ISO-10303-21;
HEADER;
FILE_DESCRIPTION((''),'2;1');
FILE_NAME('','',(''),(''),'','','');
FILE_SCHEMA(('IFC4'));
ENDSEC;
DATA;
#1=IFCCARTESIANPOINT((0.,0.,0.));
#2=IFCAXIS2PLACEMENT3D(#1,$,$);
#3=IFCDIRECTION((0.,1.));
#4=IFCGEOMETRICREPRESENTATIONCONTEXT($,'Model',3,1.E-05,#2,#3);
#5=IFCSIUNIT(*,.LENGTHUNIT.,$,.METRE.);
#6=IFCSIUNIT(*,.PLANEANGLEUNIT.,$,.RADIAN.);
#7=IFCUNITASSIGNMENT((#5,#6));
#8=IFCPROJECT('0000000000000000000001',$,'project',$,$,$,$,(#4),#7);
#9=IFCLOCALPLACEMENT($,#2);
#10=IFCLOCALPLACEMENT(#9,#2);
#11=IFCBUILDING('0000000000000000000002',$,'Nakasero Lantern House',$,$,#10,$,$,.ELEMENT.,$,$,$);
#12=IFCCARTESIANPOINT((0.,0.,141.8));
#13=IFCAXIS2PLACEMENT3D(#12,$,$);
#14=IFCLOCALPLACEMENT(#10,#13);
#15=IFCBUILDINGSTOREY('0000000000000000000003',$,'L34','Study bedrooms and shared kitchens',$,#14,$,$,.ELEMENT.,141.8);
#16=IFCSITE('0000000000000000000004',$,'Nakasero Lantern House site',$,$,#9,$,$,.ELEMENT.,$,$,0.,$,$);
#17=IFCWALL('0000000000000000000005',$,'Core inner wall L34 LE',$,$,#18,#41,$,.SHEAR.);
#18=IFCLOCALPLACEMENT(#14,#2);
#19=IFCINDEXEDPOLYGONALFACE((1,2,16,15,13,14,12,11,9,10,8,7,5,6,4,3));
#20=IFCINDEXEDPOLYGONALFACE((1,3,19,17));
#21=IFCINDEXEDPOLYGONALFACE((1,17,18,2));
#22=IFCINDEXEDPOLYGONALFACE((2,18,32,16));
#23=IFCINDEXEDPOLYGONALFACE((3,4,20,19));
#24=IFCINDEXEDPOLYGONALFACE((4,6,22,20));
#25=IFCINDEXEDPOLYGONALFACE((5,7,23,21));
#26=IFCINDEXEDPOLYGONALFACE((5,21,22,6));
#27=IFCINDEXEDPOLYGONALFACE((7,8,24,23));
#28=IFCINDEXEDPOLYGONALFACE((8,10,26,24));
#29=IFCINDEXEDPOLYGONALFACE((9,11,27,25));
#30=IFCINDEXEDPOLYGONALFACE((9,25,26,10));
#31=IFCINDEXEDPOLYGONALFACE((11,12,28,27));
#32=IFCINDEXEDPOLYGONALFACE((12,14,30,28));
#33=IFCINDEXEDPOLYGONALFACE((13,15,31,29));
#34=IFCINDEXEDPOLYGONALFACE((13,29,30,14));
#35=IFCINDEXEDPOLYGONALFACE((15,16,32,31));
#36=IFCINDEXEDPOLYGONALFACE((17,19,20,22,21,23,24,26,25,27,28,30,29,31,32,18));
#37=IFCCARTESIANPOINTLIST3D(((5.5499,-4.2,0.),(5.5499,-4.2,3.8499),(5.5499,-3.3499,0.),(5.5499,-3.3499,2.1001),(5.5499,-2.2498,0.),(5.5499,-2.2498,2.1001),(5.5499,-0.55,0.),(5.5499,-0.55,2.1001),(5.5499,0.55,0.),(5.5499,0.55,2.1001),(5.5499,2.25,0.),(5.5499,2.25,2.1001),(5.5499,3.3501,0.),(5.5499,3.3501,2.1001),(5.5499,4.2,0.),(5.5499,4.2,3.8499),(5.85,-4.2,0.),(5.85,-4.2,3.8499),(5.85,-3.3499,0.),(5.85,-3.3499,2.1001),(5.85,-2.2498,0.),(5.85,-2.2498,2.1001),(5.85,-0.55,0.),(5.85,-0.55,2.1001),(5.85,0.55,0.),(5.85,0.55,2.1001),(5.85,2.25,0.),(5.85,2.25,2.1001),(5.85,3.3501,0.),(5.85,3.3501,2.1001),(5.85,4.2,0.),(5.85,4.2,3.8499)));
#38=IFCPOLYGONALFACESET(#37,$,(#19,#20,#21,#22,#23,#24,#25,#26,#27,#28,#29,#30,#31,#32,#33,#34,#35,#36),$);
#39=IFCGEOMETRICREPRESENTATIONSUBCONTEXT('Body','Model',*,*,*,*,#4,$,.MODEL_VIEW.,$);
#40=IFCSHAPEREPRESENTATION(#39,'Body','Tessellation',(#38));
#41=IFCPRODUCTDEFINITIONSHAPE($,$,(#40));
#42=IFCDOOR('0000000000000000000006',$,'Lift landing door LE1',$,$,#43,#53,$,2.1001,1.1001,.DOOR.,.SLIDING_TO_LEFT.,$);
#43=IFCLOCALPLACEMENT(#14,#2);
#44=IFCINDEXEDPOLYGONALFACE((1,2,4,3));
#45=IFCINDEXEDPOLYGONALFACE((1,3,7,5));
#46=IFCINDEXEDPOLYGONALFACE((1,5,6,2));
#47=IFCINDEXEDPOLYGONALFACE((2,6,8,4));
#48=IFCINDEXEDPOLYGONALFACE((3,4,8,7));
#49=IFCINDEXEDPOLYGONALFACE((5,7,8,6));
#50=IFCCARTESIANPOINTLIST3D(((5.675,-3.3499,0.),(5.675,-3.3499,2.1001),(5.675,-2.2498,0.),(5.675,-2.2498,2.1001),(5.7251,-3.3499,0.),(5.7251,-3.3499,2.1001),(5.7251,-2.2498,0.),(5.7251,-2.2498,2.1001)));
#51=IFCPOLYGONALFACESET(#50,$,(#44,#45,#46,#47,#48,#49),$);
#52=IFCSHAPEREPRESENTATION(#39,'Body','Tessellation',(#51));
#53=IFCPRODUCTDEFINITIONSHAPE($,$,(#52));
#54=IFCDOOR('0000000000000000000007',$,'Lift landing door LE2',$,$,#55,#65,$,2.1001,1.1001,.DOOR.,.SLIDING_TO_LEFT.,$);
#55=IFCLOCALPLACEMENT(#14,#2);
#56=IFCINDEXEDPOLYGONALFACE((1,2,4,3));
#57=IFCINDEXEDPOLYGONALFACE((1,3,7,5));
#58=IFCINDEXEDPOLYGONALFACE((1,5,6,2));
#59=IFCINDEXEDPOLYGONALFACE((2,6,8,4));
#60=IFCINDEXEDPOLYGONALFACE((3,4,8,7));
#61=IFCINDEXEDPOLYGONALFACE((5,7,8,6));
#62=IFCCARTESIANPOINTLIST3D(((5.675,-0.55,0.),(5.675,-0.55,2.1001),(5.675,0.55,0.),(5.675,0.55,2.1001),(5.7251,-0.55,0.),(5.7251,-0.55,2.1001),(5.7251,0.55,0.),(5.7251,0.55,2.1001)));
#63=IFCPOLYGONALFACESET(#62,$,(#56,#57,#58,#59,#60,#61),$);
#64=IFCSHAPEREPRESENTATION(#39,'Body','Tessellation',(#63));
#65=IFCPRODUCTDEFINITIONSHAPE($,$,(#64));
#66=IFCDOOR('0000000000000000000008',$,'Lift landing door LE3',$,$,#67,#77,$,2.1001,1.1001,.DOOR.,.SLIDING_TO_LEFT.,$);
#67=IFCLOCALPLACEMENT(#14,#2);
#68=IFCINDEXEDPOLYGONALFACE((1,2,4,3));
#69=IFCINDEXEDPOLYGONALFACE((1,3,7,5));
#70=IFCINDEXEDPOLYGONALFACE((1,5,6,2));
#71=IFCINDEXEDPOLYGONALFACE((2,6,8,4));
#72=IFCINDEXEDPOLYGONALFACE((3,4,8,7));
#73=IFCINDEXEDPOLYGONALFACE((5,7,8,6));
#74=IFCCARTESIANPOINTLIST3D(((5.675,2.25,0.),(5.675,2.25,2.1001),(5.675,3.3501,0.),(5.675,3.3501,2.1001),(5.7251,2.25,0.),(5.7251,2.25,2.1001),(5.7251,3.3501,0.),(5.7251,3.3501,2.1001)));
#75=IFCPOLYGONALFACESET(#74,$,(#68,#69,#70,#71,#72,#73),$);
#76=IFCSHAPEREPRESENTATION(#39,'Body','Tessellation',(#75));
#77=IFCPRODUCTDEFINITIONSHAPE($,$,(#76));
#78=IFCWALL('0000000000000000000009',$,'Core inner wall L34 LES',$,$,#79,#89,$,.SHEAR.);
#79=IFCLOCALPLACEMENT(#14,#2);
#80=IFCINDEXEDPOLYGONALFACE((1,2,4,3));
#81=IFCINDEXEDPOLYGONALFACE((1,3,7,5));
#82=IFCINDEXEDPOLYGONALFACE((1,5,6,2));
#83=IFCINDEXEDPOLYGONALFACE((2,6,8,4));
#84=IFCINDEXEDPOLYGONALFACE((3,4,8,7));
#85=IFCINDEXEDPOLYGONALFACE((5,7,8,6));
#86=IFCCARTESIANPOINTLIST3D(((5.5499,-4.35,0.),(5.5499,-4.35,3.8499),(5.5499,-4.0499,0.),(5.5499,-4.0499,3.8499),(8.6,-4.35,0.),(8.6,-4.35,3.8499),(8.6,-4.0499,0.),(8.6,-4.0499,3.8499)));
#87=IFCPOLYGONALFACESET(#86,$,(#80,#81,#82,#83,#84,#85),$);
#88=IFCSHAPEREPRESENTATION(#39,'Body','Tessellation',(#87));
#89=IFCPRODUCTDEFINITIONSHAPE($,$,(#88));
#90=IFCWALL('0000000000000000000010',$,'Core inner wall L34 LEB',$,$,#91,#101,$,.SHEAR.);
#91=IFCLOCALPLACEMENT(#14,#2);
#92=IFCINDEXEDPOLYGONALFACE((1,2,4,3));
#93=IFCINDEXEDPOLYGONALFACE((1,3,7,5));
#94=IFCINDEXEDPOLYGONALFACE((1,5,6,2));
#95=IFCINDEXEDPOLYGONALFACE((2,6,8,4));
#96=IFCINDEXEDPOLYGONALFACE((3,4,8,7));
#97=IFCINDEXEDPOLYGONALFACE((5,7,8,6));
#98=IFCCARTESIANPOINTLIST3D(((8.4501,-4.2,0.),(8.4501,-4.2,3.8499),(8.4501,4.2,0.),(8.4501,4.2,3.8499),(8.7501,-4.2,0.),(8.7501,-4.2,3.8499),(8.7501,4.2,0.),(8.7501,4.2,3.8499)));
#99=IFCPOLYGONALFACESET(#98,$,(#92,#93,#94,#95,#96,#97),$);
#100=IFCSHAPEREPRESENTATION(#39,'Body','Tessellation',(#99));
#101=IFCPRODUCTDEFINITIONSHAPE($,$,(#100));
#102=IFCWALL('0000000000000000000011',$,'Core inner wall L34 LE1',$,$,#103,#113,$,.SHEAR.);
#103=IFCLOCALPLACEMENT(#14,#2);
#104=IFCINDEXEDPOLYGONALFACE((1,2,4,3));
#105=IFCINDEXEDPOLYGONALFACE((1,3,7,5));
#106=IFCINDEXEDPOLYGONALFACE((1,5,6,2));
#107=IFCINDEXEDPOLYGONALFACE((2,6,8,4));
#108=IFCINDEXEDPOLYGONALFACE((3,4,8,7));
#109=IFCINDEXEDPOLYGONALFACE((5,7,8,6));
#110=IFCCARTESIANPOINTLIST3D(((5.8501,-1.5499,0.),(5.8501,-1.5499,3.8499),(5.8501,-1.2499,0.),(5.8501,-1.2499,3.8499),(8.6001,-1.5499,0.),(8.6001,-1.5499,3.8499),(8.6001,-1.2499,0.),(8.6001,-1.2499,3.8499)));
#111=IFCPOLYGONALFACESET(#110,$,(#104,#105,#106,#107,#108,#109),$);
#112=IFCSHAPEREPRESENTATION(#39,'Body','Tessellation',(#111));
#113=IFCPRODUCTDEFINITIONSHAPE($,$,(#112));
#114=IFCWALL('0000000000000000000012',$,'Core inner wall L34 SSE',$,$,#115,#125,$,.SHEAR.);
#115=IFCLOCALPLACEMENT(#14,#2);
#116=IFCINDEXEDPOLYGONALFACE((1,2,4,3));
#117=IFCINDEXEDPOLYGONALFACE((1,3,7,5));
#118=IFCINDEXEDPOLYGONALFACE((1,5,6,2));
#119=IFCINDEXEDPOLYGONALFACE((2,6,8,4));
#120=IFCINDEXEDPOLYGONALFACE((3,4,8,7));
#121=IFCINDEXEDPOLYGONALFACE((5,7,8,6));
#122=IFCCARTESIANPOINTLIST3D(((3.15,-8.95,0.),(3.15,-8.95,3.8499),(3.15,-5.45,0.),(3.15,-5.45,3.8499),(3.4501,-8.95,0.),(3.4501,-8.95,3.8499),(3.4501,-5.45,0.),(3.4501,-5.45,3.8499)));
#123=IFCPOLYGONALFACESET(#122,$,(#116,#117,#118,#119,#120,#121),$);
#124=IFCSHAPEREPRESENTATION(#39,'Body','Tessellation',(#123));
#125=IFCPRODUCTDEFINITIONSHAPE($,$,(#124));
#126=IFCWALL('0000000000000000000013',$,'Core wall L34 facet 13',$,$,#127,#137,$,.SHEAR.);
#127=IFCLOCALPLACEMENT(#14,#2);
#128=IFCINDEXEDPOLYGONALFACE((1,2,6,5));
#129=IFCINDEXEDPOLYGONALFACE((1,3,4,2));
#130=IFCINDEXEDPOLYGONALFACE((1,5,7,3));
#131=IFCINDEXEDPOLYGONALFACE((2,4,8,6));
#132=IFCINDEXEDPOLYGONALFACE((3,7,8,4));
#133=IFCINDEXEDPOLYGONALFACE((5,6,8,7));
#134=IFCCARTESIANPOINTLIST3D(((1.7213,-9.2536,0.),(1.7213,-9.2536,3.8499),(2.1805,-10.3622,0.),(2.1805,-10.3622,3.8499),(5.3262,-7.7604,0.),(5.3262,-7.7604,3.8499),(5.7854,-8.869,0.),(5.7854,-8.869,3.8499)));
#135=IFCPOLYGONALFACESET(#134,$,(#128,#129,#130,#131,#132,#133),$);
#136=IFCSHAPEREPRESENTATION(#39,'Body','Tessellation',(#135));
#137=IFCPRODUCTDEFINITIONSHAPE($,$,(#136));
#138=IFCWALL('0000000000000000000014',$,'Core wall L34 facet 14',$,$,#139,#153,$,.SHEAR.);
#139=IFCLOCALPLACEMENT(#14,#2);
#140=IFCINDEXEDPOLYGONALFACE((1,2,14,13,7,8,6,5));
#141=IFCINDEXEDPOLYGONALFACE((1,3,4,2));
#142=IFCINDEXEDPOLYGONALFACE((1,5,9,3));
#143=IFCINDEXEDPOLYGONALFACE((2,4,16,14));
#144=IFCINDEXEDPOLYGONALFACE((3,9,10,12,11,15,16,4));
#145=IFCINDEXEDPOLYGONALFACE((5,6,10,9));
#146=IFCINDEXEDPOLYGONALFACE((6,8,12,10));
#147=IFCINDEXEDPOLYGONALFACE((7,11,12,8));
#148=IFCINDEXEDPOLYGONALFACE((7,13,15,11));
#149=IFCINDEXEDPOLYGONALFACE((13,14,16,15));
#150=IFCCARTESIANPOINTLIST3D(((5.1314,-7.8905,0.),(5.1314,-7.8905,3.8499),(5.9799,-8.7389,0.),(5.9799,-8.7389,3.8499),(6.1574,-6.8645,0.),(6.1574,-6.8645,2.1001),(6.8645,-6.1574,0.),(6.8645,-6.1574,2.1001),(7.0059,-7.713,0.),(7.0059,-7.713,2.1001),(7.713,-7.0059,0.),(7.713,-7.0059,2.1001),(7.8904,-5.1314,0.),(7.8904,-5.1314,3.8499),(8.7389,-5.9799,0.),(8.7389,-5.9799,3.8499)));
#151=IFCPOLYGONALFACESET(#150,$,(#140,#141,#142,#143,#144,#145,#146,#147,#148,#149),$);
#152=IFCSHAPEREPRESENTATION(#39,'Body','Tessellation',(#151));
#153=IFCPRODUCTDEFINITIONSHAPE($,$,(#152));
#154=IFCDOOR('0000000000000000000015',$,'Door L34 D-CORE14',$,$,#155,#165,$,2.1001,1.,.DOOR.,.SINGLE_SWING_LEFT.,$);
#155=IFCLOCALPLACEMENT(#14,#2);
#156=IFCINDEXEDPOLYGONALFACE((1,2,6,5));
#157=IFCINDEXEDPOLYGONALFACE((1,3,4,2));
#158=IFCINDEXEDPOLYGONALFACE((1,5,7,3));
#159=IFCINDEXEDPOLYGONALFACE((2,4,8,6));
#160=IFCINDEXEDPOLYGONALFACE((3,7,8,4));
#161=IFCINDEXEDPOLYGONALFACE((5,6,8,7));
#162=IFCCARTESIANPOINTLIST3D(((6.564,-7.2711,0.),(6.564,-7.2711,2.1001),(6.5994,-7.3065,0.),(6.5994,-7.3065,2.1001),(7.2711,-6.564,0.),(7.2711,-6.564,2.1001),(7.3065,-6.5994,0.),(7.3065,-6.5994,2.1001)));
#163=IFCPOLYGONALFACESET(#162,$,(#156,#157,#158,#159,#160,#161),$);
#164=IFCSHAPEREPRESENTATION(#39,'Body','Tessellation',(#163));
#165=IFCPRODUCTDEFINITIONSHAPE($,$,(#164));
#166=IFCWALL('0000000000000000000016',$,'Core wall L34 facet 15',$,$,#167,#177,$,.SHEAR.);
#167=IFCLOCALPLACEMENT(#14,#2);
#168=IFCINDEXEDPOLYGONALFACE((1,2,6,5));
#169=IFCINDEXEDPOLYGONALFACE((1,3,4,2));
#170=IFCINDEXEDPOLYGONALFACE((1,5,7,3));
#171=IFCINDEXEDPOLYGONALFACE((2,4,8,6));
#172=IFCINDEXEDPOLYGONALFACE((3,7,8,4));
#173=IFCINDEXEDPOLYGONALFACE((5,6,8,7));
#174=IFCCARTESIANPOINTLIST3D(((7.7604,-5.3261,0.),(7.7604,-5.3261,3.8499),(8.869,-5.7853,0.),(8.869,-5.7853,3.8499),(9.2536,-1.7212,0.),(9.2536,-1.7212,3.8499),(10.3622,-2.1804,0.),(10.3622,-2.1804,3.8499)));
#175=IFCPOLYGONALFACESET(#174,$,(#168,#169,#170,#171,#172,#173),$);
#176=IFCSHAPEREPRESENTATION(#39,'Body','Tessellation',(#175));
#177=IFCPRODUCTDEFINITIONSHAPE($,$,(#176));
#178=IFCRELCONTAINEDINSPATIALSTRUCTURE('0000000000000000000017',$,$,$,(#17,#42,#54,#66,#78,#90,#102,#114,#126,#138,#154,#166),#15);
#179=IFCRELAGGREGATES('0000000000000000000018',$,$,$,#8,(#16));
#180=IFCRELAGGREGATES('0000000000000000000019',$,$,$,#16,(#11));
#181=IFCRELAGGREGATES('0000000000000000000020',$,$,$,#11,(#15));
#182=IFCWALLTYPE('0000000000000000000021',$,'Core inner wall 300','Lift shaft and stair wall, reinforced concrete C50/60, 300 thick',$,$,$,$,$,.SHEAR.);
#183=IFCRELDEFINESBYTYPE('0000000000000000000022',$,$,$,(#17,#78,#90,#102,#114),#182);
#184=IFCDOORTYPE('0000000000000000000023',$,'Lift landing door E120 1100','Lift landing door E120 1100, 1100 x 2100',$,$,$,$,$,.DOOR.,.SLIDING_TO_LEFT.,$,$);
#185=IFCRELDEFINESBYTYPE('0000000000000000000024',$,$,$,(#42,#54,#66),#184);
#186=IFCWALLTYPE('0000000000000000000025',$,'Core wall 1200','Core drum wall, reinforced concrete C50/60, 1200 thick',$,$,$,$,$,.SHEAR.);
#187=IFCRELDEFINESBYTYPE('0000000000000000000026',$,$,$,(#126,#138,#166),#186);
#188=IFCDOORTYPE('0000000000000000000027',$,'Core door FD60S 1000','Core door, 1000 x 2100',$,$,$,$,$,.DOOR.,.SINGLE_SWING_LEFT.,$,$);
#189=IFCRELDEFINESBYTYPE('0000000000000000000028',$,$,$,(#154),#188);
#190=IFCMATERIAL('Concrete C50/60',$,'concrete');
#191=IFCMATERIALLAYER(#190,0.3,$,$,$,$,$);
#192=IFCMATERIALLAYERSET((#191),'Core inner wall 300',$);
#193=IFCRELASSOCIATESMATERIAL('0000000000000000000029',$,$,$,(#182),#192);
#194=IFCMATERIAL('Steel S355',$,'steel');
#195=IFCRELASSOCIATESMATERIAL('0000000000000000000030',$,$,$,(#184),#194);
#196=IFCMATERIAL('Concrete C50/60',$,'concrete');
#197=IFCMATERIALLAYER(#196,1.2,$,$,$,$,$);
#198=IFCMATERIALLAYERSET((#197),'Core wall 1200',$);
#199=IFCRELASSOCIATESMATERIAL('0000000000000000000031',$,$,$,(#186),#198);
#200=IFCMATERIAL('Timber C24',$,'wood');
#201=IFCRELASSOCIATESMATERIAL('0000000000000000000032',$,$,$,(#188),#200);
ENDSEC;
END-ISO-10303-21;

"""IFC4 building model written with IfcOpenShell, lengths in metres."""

from ifc_helpers import new_model, si_unit, direction, frame, frame_2d, origin, place, context, subcontext, project, spatial, rectangle, extrude, material, layer, layer_set, type_object, element, fill, save


model = new_model("IFC4")

# Units and contexts
model_context = context("Model", 3, precision=1e-05, world=origin(), true_north=direction((0.0, 1.0)))
body_context = subcontext(model_context, "Body", "Model", "MODEL_VIEW")
ifc_project = project(units=[si_unit("LENGTHUNIT", "METRE"), si_unit("PLANEANGLEUNIT", "RADIAN")], contexts=[model_context])

# Site, building, storey
site_placement = place(None, origin())
site = spatial("IfcSite", under=ifc_project, at=site_placement, Name="Nakasero Lantern House site", CompositionType="ELEMENT", RefElevation=0.0)
building_placement = place(site_placement, origin())
building = spatial("IfcBuilding", under=site, at=building_placement, Name="Nakasero Lantern House", CompositionType="ELEMENT")
storey_placement = place(building_placement, frame((0.0, 0.0, 141.8)))
storey = spatial("IfcBuildingStorey", under=building, at=storey_placement, Name="L34", Description="Study bedrooms and shared kitchens", CompositionType="ELEMENT", Elevation=141.8)

# Wall, openings, doors
ifc_material_1 = material(Name="Concrete C50/60", Category="concrete")
ifc_layer_1 = layer(ifc_material_1, 0.3)
ifc_layer_set_1 = layer_set([ifc_layer_1], Name="Core inner wall 300")
wall_type_1 = type_object("IfcWallType", Name="Core inner wall 300", Description="Lift shaft and stair wall, reinforced concrete C50/60, 300 thick", PredefinedType="SHEAR", material=ifc_layer_set_1)
wall_1_placement = place(storey_placement, frame((5.7, -4.2, 0.0), z_axis=(0.0, 0.0, 1.0), x_axis=(0.0, 1.0, 0.0)))
wall_1 = element("IfcWall", 1, at=wall_1_placement, inside=storey, type_object=wall_type_1, Name="Core inner wall L34 LE", PredefinedType="SHEAR", context=body_context, shape_type="SweptSolid", body=[
    extrude(rectangle(XDim=8.3999, YDim=0.3, at=frame_2d((4.2, 0.0))), origin(), (0.0, 0.0, 1.0), 3.8499),
])
opening_1_placement = place(wall_1_placement, frame((0.8501, 0.0, 0.0)))
opening_1 = element("IfcOpeningElement", 2, at=opening_1_placement, cuts=wall_1, PredefinedType="OPENING", context=body_context, shape_type="SweptSolid", body=[
    extrude(rectangle(XDim=1.1001, YDim=2.1001, at=frame_2d((0.55, 1.05))), frame((0.0, 0.1699, 0.0), z_axis=(0.0, -1.0, 0.0), x_axis=(1.0, 0.0, 0.0)), (0.0, 0.0, 1.0), 0.3401),
])
opening_2_placement = place(wall_1_placement, frame((3.6499, 0.0, 0.0)))
opening_2 = element("IfcOpeningElement", 3, at=opening_2_placement, cuts=wall_1, PredefinedType="OPENING", context=body_context, shape_type="SweptSolid", body=[
    extrude(rectangle(XDim=1.1001, YDim=2.1001, at=frame_2d((0.55, 1.05))), frame((0.0, 0.1699, 0.0), z_axis=(0.0, -1.0, 0.0), x_axis=(1.0, 0.0, 0.0)), (0.0, 0.0, 1.0), 0.3401),
])
opening_3_placement = place(wall_1_placement, frame((6.45, 0.0, 0.0)))
opening_3 = element("IfcOpeningElement", 4, at=opening_3_placement, cuts=wall_1, PredefinedType="OPENING", context=body_context, shape_type="SweptSolid", body=[
    extrude(rectangle(XDim=1.1001, YDim=2.1001, at=frame_2d((0.55, 1.05))), frame((0.0, 0.1699, 0.0), z_axis=(0.0, -1.0, 0.0), x_axis=(1.0, 0.0, 0.0)), (0.0, 0.0, 1.0), 0.3401),
])
ifc_material_2 = material(Name="Steel S355", Category="steel")
door_type_1 = type_object("IfcDoorType", Name="Lift landing door E120 1100", Description="Lift landing door E120 1100, 1100 x 2100", OperationType="SLIDING_TO_LEFT", PredefinedType="DOOR", material=ifc_material_2)
door_1_placement = place(opening_1_placement, origin())
door_1 = element("IfcDoor", 5, at=door_1_placement, inside=storey, type_object=door_type_1, Name="Lift landing door LE1", OperationType="SLIDING_TO_LEFT", OverallHeight=2.1001, OverallWidth=1.1001, PredefinedType="DOOR", context=body_context, shape_type="SweptSolid", body=[
    extrude(rectangle(XDim=1.1001, YDim=2.1001, at=frame_2d((0.55, 1.05))), frame((0.0, 0.0249, 0.0), z_axis=(0.0, -1.0, 0.0), x_axis=(1.0, 0.0, 0.0)), (0.0, 0.0, 1.0), 0.05),
])
fill(opening_1, door_1)
door_2_placement = place(opening_2_placement, origin())
door_2 = element("IfcDoor", 6, at=door_2_placement, inside=storey, type_object=door_type_1, Name="Lift landing door LE2", OperationType="SLIDING_TO_LEFT", OverallHeight=2.1001, OverallWidth=1.1001, PredefinedType="DOOR", context=body_context, shape_type="SweptSolid", body=[
    extrude(rectangle(XDim=1.1001, YDim=2.1001, at=frame_2d((0.55, 1.05))), frame((0.0, 0.0249, 0.0), z_axis=(0.0, -1.0, 0.0), x_axis=(1.0, 0.0, 0.0)), (0.0, 0.0, 1.0), 0.05),
])
fill(opening_2, door_2)
door_3_placement = place(opening_3_placement, origin())
door_3 = element("IfcDoor", 7, at=door_3_placement, inside=storey, type_object=door_type_1, Name="Lift landing door LE3", OperationType="SLIDING_TO_LEFT", OverallHeight=2.1001, OverallWidth=1.1001, PredefinedType="DOOR", context=body_context, shape_type="SweptSolid", body=[
    extrude(rectangle(XDim=1.1001, YDim=2.1001, at=frame_2d((0.55, 1.05))), frame((0.0, 0.0249, 0.0), z_axis=(0.0, -1.0, 0.0), x_axis=(1.0, 0.0, 0.0)), (0.0, 0.0, 1.0), 0.05),
])
fill(opening_3, door_3)

# Walls
wall_2_placement = place(storey_placement, frame((5.55, -4.2, 0.0), z_axis=(0.0, 0.0, 1.0), x_axis=(1.0, 0.0, 0.0)))
element("IfcWall", 8, at=wall_2_placement, inside=storey, type_object=wall_type_1, Name="Core inner wall L34 LES", PredefinedType="SHEAR", context=body_context, shape_type="SweptSolid", body=[
    extrude(rectangle(XDim=3.05, YDim=0.3, at=frame_2d((1.5249, 0.0))), origin(), (0.0, 0.0, 1.0), 3.8499),
])
wall_3_placement = place(storey_placement, frame((8.6001, -4.2, 0.0), z_axis=(0.0, 0.0, 1.0), x_axis=(0.0, 1.0, 0.0)))
element("IfcWall", 9, at=wall_3_placement, inside=storey, type_object=wall_type_1, Name="Core inner wall L34 LEB", PredefinedType="SHEAR", context=body_context, shape_type="SweptSolid", body=[
    extrude(rectangle(XDim=8.3999, YDim=0.3, at=frame_2d((4.2, 0.0))), origin(), (0.0, 0.0, 1.0), 3.8499),
])
wall_4_placement = place(storey_placement, frame((5.8501, -1.3999, 0.0), z_axis=(0.0, 0.0, 1.0), x_axis=(1.0, 0.0, 0.0)))
element("IfcWall", 10, at=wall_4_placement, inside=storey, type_object=wall_type_1, Name="Core inner wall L34 LE1", PredefinedType="SHEAR", context=body_context, shape_type="SweptSolid", body=[
    extrude(rectangle(XDim=2.75, YDim=0.3, at=frame_2d((1.375, 0.0))), origin(), (0.0, 0.0, 1.0), 3.8499),
])
wall_5_placement = place(storey_placement, frame((3.3, -5.45, 0.0), z_axis=(0.0, 0.0, 1.0), x_axis=(0.0, -1.0, 0.0)))
element("IfcWall", 11, at=wall_5_placement, inside=storey, type_object=wall_type_1, Name="Core inner wall L34 SSE", PredefinedType="SHEAR", context=body_context, shape_type="SweptSolid", body=[
    extrude(rectangle(XDim=3.5, YDim=0.3, at=frame_2d((1.75, 0.0))), origin(), (0.0, 0.0, 1.0), 3.8499),
])
ifc_material_3 = material(Name="Concrete C50/60", Category="concrete")
ifc_layer_2 = layer(ifc_material_3, 1.2)
ifc_layer_set_2 = layer_set([ifc_layer_2], Name="Core wall 1200")
wall_type_2 = type_object("IfcWallType", Name="Core wall 1200", Description="Core drum wall, reinforced concrete C50/60, 1200 thick", PredefinedType="SHEAR", material=ifc_layer_set_2)
wall_6_placement = place(storey_placement, frame((1.9509, -9.8079, 0.0), z_axis=(0.0, 0.0, 1.0), x_axis=(0.923877, 0.382691, 0.0)))
element("IfcWall", 12, at=wall_6_placement, inside=storey, type_object=wall_type_2, Name="Core wall L34 facet 13", PredefinedType="SHEAR", context=body_context, shape_type="SweptSolid", body=[
    extrude(rectangle(XDim=3.9019, YDim=1.2, at=frame_2d((1.9509, 0.0))), origin(), (0.0, 0.0, 1.0), 3.8499),
])

# Wall, opening, door
wall_7_placement = place(storey_placement, frame((5.5557, -8.3147, 0.0), z_axis=(0.0, 0.0, 1.0), x_axis=(0.707107, 0.707107, 0.0)))
wall_7 = element("IfcWall", 13, at=wall_7_placement, inside=storey, type_object=wall_type_2, Name="Core wall L34 facet 14", PredefinedType="SHEAR", context=body_context, shape_type="SweptSolid", body=[
    extrude(rectangle(XDim=3.9019, YDim=1.2, at=frame_2d((1.9509, 0.0))), origin(), (0.0, 0.0, 1.0), 3.8499),
])
opening_4_placement = place(wall_7_placement, frame((1.4509, 0.0, 0.0)))
opening_4 = element("IfcOpeningElement", 14, at=opening_4_placement, cuts=wall_7, PredefinedType="OPENING", context=body_context, shape_type="SweptSolid", body=[
    extrude(rectangle(XDim=1.0, YDim=2.1001, at=frame_2d((0.5, 1.05))), frame((0.0, 0.6199, 0.0), z_axis=(0.0, -1.0, 0.0), x_axis=(1.0, 0.0, 0.0)), (0.0, 0.0, 1.0), 1.24),
])
ifc_material_4 = material(Name="Timber C24", Category="wood")
door_type_2 = type_object("IfcDoorType", Name="Core door FD60S 1000", Description="Core door, 1000 x 2100", OperationType="SINGLE_SWING_LEFT", PredefinedType="DOOR", material=ifc_material_4)
door_4_placement = place(opening_4_placement, origin())
door_4 = element("IfcDoor", 15, at=door_4_placement, inside=storey, type_object=door_type_2, Name="Door L34 D-CORE14", OperationType="SINGLE_SWING_LEFT", OverallHeight=2.1001, OverallWidth=1.0, PredefinedType="DOOR", context=body_context, shape_type="SweptSolid", body=[
    extrude(rectangle(XDim=1.0, YDim=2.1001, at=frame_2d((0.5, 1.05))), frame((0.0, 0.0249, 0.0), z_axis=(0.0, -1.0, 0.0), x_axis=(1.0, 0.0, 0.0)), (0.0, 0.0, 1.0), 0.05),
])
fill(opening_4, door_4)

# Wall
for number, where, z_axis, x_axis, name in (
    (16, (8.3147, -5.5557, 0.0), (0.0, 0.0, 1.0), (0.382691, 0.923877, 0.0), "Core wall L34 facet 15"),
):
    element("IfcWall", number, at=place(storey_placement, frame(where, z_axis=z_axis, x_axis=x_axis)), inside=storey, type_object=wall_type_2, Name=name, PredefinedType="SHEAR", context=body_context, shape_type="SweptSolid", body=[
        extrude(rectangle(XDim=3.9019, YDim=1.2, at=frame_2d((1.9509, 0.0))), origin(), (0.0, 0.0, 1.0), 3.8499),
    ])

save(model, "model.ifc")
